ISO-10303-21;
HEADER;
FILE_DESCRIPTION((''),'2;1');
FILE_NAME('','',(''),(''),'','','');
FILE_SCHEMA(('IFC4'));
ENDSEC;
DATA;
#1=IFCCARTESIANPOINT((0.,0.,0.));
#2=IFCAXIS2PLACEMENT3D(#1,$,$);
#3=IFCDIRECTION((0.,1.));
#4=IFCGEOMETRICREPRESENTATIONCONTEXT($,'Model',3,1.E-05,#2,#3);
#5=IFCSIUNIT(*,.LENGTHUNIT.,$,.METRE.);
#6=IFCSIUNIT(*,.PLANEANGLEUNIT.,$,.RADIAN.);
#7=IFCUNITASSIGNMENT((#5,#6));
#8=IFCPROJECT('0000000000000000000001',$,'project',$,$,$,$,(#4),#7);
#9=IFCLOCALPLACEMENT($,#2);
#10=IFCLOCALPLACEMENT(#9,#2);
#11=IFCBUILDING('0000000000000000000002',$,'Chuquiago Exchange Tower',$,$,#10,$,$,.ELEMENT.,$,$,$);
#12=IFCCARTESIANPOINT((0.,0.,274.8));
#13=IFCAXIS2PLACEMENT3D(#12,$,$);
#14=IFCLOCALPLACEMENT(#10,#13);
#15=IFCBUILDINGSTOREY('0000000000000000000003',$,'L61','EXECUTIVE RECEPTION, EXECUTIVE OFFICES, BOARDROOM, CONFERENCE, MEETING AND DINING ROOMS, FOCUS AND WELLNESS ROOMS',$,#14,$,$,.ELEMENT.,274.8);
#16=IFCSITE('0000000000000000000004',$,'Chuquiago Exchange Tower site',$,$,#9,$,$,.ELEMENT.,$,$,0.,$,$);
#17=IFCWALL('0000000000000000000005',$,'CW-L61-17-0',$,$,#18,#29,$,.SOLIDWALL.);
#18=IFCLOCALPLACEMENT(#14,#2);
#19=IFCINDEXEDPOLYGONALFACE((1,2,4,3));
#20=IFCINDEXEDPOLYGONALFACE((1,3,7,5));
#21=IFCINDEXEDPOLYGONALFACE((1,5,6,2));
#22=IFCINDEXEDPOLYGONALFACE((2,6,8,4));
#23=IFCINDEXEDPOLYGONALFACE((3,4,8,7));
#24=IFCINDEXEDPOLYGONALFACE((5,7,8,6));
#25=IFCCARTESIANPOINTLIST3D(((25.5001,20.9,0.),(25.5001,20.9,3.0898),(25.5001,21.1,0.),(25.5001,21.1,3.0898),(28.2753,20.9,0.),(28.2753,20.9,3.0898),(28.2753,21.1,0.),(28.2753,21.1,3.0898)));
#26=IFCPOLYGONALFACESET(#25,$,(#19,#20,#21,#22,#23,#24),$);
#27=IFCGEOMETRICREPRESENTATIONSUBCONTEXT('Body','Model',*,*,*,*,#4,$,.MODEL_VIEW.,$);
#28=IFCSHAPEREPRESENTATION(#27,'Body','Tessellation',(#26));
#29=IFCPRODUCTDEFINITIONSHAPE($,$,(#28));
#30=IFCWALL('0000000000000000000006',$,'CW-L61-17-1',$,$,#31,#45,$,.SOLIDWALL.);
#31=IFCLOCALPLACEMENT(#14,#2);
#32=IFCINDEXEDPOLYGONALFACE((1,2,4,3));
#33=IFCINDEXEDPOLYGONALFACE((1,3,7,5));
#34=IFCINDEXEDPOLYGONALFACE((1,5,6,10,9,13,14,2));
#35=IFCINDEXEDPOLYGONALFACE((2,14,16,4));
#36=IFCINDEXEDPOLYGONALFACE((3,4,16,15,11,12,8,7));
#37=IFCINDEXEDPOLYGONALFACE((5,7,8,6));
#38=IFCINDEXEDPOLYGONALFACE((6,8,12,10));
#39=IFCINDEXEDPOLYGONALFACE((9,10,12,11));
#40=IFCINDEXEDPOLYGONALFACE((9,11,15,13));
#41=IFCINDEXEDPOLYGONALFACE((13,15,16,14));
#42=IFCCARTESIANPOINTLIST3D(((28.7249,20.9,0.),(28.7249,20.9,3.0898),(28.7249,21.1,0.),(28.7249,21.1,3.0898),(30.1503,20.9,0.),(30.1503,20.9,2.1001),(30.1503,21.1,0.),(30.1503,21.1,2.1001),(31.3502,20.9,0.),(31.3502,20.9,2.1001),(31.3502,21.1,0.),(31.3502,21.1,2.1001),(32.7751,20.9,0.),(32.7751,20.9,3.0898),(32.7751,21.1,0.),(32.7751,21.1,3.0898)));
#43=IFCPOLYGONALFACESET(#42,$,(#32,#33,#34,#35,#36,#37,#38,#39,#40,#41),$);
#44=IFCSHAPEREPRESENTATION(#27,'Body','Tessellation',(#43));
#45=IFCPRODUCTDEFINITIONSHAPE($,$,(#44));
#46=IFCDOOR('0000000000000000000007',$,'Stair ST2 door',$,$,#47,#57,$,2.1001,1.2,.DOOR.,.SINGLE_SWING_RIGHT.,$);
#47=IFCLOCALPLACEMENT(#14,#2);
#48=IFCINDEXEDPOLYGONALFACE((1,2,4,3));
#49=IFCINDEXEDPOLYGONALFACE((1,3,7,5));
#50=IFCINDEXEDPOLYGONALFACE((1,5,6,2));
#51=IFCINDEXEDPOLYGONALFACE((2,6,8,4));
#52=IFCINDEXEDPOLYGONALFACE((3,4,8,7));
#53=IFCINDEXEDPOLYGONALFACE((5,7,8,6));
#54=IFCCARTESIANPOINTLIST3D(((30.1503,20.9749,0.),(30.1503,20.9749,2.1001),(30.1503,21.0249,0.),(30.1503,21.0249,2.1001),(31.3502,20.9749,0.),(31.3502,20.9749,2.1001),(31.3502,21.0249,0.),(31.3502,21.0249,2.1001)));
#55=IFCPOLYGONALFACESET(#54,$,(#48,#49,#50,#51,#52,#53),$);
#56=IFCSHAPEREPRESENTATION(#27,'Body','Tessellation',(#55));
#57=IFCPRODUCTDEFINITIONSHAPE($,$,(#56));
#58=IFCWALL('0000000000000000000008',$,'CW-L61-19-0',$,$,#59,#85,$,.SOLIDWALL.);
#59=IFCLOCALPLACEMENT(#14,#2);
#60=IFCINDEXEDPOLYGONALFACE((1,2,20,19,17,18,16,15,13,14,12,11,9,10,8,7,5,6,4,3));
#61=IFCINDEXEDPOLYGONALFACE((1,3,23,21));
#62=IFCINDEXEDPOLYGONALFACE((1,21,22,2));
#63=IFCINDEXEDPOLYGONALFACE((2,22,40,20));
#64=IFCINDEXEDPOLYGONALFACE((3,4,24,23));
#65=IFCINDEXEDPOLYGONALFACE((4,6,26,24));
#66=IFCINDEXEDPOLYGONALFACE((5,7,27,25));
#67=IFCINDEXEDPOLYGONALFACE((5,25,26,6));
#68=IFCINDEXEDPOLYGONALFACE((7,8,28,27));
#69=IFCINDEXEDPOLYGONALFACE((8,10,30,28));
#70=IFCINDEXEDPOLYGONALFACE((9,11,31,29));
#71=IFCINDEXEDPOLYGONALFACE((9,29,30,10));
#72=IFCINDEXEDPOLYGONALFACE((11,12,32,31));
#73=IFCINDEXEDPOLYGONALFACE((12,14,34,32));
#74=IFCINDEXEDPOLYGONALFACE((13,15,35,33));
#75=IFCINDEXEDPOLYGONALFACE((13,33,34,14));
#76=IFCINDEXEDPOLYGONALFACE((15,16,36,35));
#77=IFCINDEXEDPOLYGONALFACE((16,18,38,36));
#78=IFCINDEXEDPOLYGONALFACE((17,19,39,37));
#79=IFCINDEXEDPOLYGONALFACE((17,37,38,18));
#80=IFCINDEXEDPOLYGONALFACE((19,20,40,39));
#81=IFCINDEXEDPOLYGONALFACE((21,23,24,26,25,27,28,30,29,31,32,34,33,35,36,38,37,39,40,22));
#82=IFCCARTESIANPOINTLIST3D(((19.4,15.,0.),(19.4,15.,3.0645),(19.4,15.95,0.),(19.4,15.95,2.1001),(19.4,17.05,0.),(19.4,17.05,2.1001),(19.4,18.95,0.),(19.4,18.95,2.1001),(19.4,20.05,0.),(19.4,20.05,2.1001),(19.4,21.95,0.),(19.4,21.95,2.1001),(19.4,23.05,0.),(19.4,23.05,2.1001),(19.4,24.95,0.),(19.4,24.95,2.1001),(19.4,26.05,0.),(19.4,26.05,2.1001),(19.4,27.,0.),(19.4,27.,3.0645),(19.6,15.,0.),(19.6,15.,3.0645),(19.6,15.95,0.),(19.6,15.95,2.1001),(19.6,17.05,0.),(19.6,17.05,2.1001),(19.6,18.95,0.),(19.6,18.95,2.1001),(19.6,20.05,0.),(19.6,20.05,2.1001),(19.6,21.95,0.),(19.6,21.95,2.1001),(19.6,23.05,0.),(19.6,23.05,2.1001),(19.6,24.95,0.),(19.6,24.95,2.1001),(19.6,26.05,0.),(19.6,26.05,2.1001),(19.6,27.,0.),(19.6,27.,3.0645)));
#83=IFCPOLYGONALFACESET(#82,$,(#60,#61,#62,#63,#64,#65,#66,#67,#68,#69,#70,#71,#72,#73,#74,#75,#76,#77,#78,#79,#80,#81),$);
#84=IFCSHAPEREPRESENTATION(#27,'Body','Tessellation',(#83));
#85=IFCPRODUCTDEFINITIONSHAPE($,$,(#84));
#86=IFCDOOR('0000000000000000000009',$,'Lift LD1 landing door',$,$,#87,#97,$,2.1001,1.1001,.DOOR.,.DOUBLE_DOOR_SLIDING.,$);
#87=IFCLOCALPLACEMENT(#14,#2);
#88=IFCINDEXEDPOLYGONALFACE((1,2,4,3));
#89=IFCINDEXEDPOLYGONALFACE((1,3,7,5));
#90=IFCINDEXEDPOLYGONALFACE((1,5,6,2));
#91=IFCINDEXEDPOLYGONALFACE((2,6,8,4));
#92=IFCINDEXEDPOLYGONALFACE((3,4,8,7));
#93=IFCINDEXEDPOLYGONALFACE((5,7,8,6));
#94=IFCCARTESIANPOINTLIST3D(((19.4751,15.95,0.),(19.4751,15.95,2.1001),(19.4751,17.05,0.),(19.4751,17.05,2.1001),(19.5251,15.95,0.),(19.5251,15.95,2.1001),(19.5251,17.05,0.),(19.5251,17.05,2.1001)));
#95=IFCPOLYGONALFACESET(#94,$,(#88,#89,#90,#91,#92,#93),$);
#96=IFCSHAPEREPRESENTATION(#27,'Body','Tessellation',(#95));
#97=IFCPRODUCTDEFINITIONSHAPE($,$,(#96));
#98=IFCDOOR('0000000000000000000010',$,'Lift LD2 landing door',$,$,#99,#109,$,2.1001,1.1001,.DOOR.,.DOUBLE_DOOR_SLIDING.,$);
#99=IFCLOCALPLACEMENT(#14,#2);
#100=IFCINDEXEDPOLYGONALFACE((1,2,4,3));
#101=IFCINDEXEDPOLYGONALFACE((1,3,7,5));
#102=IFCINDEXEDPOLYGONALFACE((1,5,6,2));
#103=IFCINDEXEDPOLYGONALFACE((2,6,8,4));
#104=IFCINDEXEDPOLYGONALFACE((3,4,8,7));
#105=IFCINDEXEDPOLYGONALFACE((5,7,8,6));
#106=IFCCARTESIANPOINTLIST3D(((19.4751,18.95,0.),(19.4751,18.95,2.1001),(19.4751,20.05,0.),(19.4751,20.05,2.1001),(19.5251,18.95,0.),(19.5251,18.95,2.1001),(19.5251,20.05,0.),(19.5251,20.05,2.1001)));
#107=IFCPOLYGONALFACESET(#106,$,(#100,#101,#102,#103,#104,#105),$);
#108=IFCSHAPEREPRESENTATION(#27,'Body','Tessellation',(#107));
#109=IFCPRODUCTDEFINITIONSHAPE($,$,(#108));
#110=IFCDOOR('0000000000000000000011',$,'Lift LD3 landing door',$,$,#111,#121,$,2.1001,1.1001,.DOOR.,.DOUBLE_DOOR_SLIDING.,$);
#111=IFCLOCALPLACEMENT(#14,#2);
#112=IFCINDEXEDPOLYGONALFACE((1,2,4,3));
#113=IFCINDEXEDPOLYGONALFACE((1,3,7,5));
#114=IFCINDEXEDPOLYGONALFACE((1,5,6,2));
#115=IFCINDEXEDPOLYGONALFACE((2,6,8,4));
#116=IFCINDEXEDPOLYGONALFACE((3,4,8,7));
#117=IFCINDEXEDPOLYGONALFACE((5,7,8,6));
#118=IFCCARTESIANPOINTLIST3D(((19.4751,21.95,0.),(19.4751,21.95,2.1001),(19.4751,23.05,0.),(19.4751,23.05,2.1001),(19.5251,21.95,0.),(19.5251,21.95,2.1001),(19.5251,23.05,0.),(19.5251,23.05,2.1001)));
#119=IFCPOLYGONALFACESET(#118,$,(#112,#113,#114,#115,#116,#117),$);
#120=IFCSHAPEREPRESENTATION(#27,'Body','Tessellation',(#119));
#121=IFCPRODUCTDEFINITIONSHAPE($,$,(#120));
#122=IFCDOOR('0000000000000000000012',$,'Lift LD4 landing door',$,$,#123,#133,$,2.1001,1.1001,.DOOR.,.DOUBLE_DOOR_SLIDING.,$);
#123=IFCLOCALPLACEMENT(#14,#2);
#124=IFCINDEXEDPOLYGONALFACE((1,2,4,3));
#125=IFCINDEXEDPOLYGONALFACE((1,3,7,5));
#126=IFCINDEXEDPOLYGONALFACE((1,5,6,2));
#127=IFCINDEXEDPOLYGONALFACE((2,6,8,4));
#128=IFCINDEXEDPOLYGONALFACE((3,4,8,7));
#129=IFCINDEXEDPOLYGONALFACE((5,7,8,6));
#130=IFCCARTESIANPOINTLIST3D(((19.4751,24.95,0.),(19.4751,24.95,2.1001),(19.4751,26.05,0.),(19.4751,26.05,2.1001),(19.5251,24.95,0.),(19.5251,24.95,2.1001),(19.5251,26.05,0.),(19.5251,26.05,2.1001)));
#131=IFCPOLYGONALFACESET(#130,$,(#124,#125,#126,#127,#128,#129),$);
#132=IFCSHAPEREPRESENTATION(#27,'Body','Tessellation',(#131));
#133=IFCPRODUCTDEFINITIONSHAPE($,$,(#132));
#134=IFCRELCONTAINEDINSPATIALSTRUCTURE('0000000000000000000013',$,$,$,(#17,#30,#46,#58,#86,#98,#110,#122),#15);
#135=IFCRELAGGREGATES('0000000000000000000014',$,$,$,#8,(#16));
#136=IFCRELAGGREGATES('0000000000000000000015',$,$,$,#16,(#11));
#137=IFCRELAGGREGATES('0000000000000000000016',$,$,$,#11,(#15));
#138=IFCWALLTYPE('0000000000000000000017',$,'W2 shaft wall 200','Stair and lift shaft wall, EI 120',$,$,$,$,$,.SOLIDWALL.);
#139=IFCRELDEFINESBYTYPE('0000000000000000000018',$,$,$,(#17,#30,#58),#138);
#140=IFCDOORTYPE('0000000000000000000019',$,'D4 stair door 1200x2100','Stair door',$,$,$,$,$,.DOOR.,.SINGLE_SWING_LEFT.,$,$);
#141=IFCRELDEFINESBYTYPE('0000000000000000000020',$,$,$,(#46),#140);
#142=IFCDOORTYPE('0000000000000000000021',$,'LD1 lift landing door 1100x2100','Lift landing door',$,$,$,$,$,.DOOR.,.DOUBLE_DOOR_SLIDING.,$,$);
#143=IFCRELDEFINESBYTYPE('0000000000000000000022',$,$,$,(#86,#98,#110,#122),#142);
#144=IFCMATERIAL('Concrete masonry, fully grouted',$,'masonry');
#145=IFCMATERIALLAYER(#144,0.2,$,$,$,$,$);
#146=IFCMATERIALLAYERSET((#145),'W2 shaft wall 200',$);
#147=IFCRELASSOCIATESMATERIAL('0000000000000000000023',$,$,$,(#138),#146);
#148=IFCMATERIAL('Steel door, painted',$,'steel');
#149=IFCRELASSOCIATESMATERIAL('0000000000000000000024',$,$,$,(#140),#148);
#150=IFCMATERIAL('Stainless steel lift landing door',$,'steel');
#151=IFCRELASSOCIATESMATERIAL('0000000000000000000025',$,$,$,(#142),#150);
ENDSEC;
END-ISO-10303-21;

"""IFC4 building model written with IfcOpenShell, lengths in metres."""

from ifc_helpers import new_model, si_unit, direction, frame, frame_2d, origin, place, context, subcontext, project, spatial, rectangle, extrude, material, layer, layer_set, type_object, element, fill, save


model = new_model("IFC4")

# Units and contexts
model_context = context("Model", 3, precision=1e-05, world=origin(), true_north=direction((0.0, 1.0)))
body_context = subcontext(model_context, "Body", "Model", "MODEL_VIEW")
ifc_project = project(units=[si_unit("LENGTHUNIT", "METRE"), si_unit("PLANEANGLEUNIT", "RADIAN")], contexts=[model_context])

# Site, building, storey
site_placement = place(None, origin())
site = spatial("IfcSite", under=ifc_project, at=site_placement, Name="Chuquiago Exchange Tower site", CompositionType="ELEMENT", RefElevation=0.0)
building_placement = place(site_placement, origin())
building = spatial("IfcBuilding", under=site, at=building_placement, Name="Chuquiago Exchange Tower", CompositionType="ELEMENT")
storey_placement = place(building_placement, frame((0.0, 0.0, 274.8)))
storey = spatial("IfcBuildingStorey", under=building, at=storey_placement, Name="L61", Description="EXECUTIVE RECEPTION, EXECUTIVE OFFICES, BOARDROOM, CONFERENCE, MEETING AND DINING ROOMS, FOCUS AND WELLNESS ROOMS", CompositionType="ELEMENT", Elevation=274.8)

# Shared definitions
ifc_material_1 = material(Name="Concrete masonry, fully grouted", Category="masonry")
ifc_layer_1 = layer(ifc_material_1, 0.2)
ifc_layer_set_1 = layer_set([ifc_layer_1], Name="W2 shaft wall 200")
wall_type_1 = type_object("IfcWallType", Name="W2 shaft wall 200", Description="Stair and lift shaft wall, EI 120", PredefinedType="SOLIDWALL", material=ifc_layer_set_1)

# Wall
wall_1_placement = place(storey_placement, frame((25.5, 21.0, 0.0), z_axis=(0.0, 0.0, 1.0), x_axis=(1.0, 0.0, 0.0)))
element("IfcWall", 1, at=wall_1_placement, inside=storey, type_object=wall_type_1, Name="CW-L61-17-0", PredefinedType="SOLIDWALL", context=body_context, shape_type="SweptSolid", body=[
    extrude(rectangle(XDim=2.7751, YDim=0.2, at=frame_2d((1.3877, 0.0))), origin(), (0.0, 0.0, 1.0), 3.0898),
])

# Wall, opening, door
wall_2_placement = place(storey_placement, frame((28.7249, 21.0, 0.0), z_axis=(0.0, 0.0, 1.0), x_axis=(1.0, 0.0, 0.0)))
wall_2 = element("IfcWall", 2, at=wall_2_placement, inside=storey, type_object=wall_type_1, Name="CW-L61-17-1", PredefinedType="SOLIDWALL", context=body_context, shape_type="SweptSolid", body=[
    extrude(rectangle(XDim=4.0503, YDim=0.2, at=frame_2d((2.0251, 0.0))), origin(), (0.0, 0.0, 1.0), 3.0898),
])
opening_1_placement = place(wall_2_placement, frame((1.4253, 0.0, 0.0)))
opening_1 = element("IfcOpeningElement", 3, at=opening_1_placement, cuts=wall_2, PredefinedType="OPENING", context=body_context, shape_type="SweptSolid", body=[
    extrude(rectangle(XDim=1.2, YDim=2.1001, at=frame_2d((0.6001, 1.05))), frame((0.0, 0.1099, 0.0), z_axis=(0.0, -1.0, 0.0), x_axis=(1.0, 0.0, 0.0)), (0.0, 0.0, 1.0), 0.22),
])
ifc_material_2 = material(Name="Steel door, painted", Category="steel")
door_type_1 = type_object("IfcDoorType", Name="D4 stair door 1200x2100", Description="Stair door", OperationType="SINGLE_SWING_LEFT", PredefinedType="DOOR", material=ifc_material_2)
door_1_placement = place(opening_1_placement, origin())
door_1 = element("IfcDoor", 4, at=door_1_placement, inside=storey, type_object=door_type_1, Name="Stair ST2 door", OperationType="SINGLE_SWING_RIGHT", OverallHeight=2.1001, OverallWidth=1.2, PredefinedType="DOOR", context=body_context, shape_type="SweptSolid", body=[
    extrude(rectangle(XDim=1.2, YDim=2.1001, at=frame_2d((0.6001, 1.05))), frame((0.0, 0.0249, 0.0), z_axis=(0.0, -1.0, 0.0), x_axis=(1.0, 0.0, 0.0)), (0.0, 0.0, 1.0), 0.05),
])
fill(opening_1, door_1)

# Wall, openings, doors
wall_3_placement = place(storey_placement, frame((19.5, 15.0, 0.0), z_axis=(0.0, 0.0, 1.0), x_axis=(0.0, 1.0, 0.0)))
wall_3 = element("IfcWall", 5, at=wall_3_placement, inside=storey, type_object=wall_type_1, Name="CW-L61-19-0", PredefinedType="SOLIDWALL", context=body_context, shape_type="SweptSolid", body=[
    extrude(rectangle(XDim=12.0, YDim=0.2, at=frame_2d((6.0, 0.0))), origin(), (0.0, 0.0, 1.0), 3.0645),
])
opening_2_placement = place(wall_3_placement, frame((0.95, 0.0, 0.0)))
opening_2 = element("IfcOpeningElement", 6, at=opening_2_placement, cuts=wall_3, PredefinedType="OPENING", context=body_context, shape_type="SweptSolid", body=[
    extrude(rectangle(XDim=1.1001, YDim=2.1001, at=frame_2d((0.55, 1.05))), frame((0.0, 0.1099, 0.0), z_axis=(0.0, -1.0, 0.0), x_axis=(1.0, 0.0, 0.0)), (0.0, 0.0, 1.0), 0.22),
])
opening_3_placement = place(wall_3_placement, frame((3.95, 0.0, 0.0)))
opening_3 = element("IfcOpeningElement", 7, at=opening_3_placement, cuts=wall_3, PredefinedType="OPENING", context=body_context, shape_type="SweptSolid", body=[
    extrude(rectangle(XDim=1.1001, YDim=2.1001, at=frame_2d((0.55, 1.05))), frame((0.0, 0.1099, 0.0), z_axis=(0.0, -1.0, 0.0), x_axis=(1.0, 0.0, 0.0)), (0.0, 0.0, 1.0), 0.22),
])
opening_4_placement = place(wall_3_placement, frame((6.95, 0.0, 0.0)))
opening_4 = element("IfcOpeningElement", 8, at=opening_4_placement, cuts=wall_3, PredefinedType="OPENING", context=body_context, shape_type="SweptSolid", body=[
    extrude(rectangle(XDim=1.1001, YDim=2.1001, at=frame_2d((0.55, 1.05))), frame((0.0, 0.1099, 0.0), z_axis=(0.0, -1.0, 0.0), x_axis=(1.0, 0.0, 0.0)), (0.0, 0.0, 1.0), 0.22),
])
opening_5_placement = place(wall_3_placement, frame((9.95, 0.0, 0.0)))
opening_5 = element("IfcOpeningElement", 9, at=opening_5_placement, cuts=wall_3, PredefinedType="OPENING", context=body_context, shape_type="SweptSolid", body=[
    extrude(rectangle(XDim=1.1001, YDim=2.1001, at=frame_2d((0.55, 1.05))), frame((0.0, 0.1099, 0.0), z_axis=(0.0, -1.0, 0.0), x_axis=(1.0, 0.0, 0.0)), (0.0, 0.0, 1.0), 0.22),
])
ifc_material_3 = material(Name="Stainless steel lift landing door", Category="steel")
door_type_2 = type_object("IfcDoorType", Name="LD1 lift landing door 1100x2100", Description="Lift landing door", OperationType="DOUBLE_DOOR_SLIDING", PredefinedType="DOOR", material=ifc_material_3)
door_2_placement = place(opening_2_placement, origin())
door_2 = element("IfcDoor", 10, at=door_2_placement, inside=storey, type_object=door_type_2, Name="Lift LD1 landing door", OperationType="DOUBLE_DOOR_SLIDING", OverallHeight=2.1001, OverallWidth=1.1001, PredefinedType="DOOR", context=body_context, shape_type="SweptSolid", body=[
    extrude(rectangle(XDim=1.1001, YDim=2.1001, at=frame_2d((0.55, 1.05))), frame((0.0, 0.0249, 0.0), z_axis=(0.0, -1.0, 0.0), x_axis=(1.0, 0.0, 0.0)), (0.0, 0.0, 1.0), 0.05),
])
fill(opening_2, door_2)
door_3_placement = place(opening_3_placement, origin())
door_3 = element("IfcDoor", 11, at=door_3_placement, inside=storey, type_object=door_type_2, Name="Lift LD2 landing door", OperationType="DOUBLE_DOOR_SLIDING", OverallHeight=2.1001, OverallWidth=1.1001, PredefinedType="DOOR", context=body_context, shape_type="SweptSolid", body=[
    extrude(rectangle(XDim=1.1001, YDim=2.1001, at=frame_2d((0.55, 1.05))), frame((0.0, 0.0249, 0.0), z_axis=(0.0, -1.0, 0.0), x_axis=(1.0, 0.0, 0.0)), (0.0, 0.0, 1.0), 0.05),
])
fill(opening_3, door_3)
door_4_placement = place(opening_4_placement, origin())
door_4 = element("IfcDoor", 12, at=door_4_placement, inside=storey, type_object=door_type_2, Name="Lift LD3 landing door", OperationType="DOUBLE_DOOR_SLIDING", OverallHeight=2.1001, OverallWidth=1.1001, PredefinedType="DOOR", context=body_context, shape_type="SweptSolid", body=[
    extrude(rectangle(XDim=1.1001, YDim=2.1001, at=frame_2d((0.55, 1.05))), frame((0.0, 0.0249, 0.0), z_axis=(0.0, -1.0, 0.0), x_axis=(1.0, 0.0, 0.0)), (0.0, 0.0, 1.0), 0.05),
])
fill(opening_4, door_4)
door_5_placement = place(opening_5_placement, origin())
door_5 = element("IfcDoor", 13, at=door_5_placement, inside=storey, type_object=door_type_2, Name="Lift LD4 landing door", OperationType="DOUBLE_DOOR_SLIDING", OverallHeight=2.1001, OverallWidth=1.1001, PredefinedType="DOOR", context=body_context, shape_type="SweptSolid", body=[
    extrude(rectangle(XDim=1.1001, YDim=2.1001, at=frame_2d((0.55, 1.05))), frame((0.0, 0.0249, 0.0), z_axis=(0.0, -1.0, 0.0), x_axis=(1.0, 0.0, 0.0)), (0.0, 0.0, 1.0), 0.05),
])
fill(opening_5, door_5)

save(model, "model.ifc")
